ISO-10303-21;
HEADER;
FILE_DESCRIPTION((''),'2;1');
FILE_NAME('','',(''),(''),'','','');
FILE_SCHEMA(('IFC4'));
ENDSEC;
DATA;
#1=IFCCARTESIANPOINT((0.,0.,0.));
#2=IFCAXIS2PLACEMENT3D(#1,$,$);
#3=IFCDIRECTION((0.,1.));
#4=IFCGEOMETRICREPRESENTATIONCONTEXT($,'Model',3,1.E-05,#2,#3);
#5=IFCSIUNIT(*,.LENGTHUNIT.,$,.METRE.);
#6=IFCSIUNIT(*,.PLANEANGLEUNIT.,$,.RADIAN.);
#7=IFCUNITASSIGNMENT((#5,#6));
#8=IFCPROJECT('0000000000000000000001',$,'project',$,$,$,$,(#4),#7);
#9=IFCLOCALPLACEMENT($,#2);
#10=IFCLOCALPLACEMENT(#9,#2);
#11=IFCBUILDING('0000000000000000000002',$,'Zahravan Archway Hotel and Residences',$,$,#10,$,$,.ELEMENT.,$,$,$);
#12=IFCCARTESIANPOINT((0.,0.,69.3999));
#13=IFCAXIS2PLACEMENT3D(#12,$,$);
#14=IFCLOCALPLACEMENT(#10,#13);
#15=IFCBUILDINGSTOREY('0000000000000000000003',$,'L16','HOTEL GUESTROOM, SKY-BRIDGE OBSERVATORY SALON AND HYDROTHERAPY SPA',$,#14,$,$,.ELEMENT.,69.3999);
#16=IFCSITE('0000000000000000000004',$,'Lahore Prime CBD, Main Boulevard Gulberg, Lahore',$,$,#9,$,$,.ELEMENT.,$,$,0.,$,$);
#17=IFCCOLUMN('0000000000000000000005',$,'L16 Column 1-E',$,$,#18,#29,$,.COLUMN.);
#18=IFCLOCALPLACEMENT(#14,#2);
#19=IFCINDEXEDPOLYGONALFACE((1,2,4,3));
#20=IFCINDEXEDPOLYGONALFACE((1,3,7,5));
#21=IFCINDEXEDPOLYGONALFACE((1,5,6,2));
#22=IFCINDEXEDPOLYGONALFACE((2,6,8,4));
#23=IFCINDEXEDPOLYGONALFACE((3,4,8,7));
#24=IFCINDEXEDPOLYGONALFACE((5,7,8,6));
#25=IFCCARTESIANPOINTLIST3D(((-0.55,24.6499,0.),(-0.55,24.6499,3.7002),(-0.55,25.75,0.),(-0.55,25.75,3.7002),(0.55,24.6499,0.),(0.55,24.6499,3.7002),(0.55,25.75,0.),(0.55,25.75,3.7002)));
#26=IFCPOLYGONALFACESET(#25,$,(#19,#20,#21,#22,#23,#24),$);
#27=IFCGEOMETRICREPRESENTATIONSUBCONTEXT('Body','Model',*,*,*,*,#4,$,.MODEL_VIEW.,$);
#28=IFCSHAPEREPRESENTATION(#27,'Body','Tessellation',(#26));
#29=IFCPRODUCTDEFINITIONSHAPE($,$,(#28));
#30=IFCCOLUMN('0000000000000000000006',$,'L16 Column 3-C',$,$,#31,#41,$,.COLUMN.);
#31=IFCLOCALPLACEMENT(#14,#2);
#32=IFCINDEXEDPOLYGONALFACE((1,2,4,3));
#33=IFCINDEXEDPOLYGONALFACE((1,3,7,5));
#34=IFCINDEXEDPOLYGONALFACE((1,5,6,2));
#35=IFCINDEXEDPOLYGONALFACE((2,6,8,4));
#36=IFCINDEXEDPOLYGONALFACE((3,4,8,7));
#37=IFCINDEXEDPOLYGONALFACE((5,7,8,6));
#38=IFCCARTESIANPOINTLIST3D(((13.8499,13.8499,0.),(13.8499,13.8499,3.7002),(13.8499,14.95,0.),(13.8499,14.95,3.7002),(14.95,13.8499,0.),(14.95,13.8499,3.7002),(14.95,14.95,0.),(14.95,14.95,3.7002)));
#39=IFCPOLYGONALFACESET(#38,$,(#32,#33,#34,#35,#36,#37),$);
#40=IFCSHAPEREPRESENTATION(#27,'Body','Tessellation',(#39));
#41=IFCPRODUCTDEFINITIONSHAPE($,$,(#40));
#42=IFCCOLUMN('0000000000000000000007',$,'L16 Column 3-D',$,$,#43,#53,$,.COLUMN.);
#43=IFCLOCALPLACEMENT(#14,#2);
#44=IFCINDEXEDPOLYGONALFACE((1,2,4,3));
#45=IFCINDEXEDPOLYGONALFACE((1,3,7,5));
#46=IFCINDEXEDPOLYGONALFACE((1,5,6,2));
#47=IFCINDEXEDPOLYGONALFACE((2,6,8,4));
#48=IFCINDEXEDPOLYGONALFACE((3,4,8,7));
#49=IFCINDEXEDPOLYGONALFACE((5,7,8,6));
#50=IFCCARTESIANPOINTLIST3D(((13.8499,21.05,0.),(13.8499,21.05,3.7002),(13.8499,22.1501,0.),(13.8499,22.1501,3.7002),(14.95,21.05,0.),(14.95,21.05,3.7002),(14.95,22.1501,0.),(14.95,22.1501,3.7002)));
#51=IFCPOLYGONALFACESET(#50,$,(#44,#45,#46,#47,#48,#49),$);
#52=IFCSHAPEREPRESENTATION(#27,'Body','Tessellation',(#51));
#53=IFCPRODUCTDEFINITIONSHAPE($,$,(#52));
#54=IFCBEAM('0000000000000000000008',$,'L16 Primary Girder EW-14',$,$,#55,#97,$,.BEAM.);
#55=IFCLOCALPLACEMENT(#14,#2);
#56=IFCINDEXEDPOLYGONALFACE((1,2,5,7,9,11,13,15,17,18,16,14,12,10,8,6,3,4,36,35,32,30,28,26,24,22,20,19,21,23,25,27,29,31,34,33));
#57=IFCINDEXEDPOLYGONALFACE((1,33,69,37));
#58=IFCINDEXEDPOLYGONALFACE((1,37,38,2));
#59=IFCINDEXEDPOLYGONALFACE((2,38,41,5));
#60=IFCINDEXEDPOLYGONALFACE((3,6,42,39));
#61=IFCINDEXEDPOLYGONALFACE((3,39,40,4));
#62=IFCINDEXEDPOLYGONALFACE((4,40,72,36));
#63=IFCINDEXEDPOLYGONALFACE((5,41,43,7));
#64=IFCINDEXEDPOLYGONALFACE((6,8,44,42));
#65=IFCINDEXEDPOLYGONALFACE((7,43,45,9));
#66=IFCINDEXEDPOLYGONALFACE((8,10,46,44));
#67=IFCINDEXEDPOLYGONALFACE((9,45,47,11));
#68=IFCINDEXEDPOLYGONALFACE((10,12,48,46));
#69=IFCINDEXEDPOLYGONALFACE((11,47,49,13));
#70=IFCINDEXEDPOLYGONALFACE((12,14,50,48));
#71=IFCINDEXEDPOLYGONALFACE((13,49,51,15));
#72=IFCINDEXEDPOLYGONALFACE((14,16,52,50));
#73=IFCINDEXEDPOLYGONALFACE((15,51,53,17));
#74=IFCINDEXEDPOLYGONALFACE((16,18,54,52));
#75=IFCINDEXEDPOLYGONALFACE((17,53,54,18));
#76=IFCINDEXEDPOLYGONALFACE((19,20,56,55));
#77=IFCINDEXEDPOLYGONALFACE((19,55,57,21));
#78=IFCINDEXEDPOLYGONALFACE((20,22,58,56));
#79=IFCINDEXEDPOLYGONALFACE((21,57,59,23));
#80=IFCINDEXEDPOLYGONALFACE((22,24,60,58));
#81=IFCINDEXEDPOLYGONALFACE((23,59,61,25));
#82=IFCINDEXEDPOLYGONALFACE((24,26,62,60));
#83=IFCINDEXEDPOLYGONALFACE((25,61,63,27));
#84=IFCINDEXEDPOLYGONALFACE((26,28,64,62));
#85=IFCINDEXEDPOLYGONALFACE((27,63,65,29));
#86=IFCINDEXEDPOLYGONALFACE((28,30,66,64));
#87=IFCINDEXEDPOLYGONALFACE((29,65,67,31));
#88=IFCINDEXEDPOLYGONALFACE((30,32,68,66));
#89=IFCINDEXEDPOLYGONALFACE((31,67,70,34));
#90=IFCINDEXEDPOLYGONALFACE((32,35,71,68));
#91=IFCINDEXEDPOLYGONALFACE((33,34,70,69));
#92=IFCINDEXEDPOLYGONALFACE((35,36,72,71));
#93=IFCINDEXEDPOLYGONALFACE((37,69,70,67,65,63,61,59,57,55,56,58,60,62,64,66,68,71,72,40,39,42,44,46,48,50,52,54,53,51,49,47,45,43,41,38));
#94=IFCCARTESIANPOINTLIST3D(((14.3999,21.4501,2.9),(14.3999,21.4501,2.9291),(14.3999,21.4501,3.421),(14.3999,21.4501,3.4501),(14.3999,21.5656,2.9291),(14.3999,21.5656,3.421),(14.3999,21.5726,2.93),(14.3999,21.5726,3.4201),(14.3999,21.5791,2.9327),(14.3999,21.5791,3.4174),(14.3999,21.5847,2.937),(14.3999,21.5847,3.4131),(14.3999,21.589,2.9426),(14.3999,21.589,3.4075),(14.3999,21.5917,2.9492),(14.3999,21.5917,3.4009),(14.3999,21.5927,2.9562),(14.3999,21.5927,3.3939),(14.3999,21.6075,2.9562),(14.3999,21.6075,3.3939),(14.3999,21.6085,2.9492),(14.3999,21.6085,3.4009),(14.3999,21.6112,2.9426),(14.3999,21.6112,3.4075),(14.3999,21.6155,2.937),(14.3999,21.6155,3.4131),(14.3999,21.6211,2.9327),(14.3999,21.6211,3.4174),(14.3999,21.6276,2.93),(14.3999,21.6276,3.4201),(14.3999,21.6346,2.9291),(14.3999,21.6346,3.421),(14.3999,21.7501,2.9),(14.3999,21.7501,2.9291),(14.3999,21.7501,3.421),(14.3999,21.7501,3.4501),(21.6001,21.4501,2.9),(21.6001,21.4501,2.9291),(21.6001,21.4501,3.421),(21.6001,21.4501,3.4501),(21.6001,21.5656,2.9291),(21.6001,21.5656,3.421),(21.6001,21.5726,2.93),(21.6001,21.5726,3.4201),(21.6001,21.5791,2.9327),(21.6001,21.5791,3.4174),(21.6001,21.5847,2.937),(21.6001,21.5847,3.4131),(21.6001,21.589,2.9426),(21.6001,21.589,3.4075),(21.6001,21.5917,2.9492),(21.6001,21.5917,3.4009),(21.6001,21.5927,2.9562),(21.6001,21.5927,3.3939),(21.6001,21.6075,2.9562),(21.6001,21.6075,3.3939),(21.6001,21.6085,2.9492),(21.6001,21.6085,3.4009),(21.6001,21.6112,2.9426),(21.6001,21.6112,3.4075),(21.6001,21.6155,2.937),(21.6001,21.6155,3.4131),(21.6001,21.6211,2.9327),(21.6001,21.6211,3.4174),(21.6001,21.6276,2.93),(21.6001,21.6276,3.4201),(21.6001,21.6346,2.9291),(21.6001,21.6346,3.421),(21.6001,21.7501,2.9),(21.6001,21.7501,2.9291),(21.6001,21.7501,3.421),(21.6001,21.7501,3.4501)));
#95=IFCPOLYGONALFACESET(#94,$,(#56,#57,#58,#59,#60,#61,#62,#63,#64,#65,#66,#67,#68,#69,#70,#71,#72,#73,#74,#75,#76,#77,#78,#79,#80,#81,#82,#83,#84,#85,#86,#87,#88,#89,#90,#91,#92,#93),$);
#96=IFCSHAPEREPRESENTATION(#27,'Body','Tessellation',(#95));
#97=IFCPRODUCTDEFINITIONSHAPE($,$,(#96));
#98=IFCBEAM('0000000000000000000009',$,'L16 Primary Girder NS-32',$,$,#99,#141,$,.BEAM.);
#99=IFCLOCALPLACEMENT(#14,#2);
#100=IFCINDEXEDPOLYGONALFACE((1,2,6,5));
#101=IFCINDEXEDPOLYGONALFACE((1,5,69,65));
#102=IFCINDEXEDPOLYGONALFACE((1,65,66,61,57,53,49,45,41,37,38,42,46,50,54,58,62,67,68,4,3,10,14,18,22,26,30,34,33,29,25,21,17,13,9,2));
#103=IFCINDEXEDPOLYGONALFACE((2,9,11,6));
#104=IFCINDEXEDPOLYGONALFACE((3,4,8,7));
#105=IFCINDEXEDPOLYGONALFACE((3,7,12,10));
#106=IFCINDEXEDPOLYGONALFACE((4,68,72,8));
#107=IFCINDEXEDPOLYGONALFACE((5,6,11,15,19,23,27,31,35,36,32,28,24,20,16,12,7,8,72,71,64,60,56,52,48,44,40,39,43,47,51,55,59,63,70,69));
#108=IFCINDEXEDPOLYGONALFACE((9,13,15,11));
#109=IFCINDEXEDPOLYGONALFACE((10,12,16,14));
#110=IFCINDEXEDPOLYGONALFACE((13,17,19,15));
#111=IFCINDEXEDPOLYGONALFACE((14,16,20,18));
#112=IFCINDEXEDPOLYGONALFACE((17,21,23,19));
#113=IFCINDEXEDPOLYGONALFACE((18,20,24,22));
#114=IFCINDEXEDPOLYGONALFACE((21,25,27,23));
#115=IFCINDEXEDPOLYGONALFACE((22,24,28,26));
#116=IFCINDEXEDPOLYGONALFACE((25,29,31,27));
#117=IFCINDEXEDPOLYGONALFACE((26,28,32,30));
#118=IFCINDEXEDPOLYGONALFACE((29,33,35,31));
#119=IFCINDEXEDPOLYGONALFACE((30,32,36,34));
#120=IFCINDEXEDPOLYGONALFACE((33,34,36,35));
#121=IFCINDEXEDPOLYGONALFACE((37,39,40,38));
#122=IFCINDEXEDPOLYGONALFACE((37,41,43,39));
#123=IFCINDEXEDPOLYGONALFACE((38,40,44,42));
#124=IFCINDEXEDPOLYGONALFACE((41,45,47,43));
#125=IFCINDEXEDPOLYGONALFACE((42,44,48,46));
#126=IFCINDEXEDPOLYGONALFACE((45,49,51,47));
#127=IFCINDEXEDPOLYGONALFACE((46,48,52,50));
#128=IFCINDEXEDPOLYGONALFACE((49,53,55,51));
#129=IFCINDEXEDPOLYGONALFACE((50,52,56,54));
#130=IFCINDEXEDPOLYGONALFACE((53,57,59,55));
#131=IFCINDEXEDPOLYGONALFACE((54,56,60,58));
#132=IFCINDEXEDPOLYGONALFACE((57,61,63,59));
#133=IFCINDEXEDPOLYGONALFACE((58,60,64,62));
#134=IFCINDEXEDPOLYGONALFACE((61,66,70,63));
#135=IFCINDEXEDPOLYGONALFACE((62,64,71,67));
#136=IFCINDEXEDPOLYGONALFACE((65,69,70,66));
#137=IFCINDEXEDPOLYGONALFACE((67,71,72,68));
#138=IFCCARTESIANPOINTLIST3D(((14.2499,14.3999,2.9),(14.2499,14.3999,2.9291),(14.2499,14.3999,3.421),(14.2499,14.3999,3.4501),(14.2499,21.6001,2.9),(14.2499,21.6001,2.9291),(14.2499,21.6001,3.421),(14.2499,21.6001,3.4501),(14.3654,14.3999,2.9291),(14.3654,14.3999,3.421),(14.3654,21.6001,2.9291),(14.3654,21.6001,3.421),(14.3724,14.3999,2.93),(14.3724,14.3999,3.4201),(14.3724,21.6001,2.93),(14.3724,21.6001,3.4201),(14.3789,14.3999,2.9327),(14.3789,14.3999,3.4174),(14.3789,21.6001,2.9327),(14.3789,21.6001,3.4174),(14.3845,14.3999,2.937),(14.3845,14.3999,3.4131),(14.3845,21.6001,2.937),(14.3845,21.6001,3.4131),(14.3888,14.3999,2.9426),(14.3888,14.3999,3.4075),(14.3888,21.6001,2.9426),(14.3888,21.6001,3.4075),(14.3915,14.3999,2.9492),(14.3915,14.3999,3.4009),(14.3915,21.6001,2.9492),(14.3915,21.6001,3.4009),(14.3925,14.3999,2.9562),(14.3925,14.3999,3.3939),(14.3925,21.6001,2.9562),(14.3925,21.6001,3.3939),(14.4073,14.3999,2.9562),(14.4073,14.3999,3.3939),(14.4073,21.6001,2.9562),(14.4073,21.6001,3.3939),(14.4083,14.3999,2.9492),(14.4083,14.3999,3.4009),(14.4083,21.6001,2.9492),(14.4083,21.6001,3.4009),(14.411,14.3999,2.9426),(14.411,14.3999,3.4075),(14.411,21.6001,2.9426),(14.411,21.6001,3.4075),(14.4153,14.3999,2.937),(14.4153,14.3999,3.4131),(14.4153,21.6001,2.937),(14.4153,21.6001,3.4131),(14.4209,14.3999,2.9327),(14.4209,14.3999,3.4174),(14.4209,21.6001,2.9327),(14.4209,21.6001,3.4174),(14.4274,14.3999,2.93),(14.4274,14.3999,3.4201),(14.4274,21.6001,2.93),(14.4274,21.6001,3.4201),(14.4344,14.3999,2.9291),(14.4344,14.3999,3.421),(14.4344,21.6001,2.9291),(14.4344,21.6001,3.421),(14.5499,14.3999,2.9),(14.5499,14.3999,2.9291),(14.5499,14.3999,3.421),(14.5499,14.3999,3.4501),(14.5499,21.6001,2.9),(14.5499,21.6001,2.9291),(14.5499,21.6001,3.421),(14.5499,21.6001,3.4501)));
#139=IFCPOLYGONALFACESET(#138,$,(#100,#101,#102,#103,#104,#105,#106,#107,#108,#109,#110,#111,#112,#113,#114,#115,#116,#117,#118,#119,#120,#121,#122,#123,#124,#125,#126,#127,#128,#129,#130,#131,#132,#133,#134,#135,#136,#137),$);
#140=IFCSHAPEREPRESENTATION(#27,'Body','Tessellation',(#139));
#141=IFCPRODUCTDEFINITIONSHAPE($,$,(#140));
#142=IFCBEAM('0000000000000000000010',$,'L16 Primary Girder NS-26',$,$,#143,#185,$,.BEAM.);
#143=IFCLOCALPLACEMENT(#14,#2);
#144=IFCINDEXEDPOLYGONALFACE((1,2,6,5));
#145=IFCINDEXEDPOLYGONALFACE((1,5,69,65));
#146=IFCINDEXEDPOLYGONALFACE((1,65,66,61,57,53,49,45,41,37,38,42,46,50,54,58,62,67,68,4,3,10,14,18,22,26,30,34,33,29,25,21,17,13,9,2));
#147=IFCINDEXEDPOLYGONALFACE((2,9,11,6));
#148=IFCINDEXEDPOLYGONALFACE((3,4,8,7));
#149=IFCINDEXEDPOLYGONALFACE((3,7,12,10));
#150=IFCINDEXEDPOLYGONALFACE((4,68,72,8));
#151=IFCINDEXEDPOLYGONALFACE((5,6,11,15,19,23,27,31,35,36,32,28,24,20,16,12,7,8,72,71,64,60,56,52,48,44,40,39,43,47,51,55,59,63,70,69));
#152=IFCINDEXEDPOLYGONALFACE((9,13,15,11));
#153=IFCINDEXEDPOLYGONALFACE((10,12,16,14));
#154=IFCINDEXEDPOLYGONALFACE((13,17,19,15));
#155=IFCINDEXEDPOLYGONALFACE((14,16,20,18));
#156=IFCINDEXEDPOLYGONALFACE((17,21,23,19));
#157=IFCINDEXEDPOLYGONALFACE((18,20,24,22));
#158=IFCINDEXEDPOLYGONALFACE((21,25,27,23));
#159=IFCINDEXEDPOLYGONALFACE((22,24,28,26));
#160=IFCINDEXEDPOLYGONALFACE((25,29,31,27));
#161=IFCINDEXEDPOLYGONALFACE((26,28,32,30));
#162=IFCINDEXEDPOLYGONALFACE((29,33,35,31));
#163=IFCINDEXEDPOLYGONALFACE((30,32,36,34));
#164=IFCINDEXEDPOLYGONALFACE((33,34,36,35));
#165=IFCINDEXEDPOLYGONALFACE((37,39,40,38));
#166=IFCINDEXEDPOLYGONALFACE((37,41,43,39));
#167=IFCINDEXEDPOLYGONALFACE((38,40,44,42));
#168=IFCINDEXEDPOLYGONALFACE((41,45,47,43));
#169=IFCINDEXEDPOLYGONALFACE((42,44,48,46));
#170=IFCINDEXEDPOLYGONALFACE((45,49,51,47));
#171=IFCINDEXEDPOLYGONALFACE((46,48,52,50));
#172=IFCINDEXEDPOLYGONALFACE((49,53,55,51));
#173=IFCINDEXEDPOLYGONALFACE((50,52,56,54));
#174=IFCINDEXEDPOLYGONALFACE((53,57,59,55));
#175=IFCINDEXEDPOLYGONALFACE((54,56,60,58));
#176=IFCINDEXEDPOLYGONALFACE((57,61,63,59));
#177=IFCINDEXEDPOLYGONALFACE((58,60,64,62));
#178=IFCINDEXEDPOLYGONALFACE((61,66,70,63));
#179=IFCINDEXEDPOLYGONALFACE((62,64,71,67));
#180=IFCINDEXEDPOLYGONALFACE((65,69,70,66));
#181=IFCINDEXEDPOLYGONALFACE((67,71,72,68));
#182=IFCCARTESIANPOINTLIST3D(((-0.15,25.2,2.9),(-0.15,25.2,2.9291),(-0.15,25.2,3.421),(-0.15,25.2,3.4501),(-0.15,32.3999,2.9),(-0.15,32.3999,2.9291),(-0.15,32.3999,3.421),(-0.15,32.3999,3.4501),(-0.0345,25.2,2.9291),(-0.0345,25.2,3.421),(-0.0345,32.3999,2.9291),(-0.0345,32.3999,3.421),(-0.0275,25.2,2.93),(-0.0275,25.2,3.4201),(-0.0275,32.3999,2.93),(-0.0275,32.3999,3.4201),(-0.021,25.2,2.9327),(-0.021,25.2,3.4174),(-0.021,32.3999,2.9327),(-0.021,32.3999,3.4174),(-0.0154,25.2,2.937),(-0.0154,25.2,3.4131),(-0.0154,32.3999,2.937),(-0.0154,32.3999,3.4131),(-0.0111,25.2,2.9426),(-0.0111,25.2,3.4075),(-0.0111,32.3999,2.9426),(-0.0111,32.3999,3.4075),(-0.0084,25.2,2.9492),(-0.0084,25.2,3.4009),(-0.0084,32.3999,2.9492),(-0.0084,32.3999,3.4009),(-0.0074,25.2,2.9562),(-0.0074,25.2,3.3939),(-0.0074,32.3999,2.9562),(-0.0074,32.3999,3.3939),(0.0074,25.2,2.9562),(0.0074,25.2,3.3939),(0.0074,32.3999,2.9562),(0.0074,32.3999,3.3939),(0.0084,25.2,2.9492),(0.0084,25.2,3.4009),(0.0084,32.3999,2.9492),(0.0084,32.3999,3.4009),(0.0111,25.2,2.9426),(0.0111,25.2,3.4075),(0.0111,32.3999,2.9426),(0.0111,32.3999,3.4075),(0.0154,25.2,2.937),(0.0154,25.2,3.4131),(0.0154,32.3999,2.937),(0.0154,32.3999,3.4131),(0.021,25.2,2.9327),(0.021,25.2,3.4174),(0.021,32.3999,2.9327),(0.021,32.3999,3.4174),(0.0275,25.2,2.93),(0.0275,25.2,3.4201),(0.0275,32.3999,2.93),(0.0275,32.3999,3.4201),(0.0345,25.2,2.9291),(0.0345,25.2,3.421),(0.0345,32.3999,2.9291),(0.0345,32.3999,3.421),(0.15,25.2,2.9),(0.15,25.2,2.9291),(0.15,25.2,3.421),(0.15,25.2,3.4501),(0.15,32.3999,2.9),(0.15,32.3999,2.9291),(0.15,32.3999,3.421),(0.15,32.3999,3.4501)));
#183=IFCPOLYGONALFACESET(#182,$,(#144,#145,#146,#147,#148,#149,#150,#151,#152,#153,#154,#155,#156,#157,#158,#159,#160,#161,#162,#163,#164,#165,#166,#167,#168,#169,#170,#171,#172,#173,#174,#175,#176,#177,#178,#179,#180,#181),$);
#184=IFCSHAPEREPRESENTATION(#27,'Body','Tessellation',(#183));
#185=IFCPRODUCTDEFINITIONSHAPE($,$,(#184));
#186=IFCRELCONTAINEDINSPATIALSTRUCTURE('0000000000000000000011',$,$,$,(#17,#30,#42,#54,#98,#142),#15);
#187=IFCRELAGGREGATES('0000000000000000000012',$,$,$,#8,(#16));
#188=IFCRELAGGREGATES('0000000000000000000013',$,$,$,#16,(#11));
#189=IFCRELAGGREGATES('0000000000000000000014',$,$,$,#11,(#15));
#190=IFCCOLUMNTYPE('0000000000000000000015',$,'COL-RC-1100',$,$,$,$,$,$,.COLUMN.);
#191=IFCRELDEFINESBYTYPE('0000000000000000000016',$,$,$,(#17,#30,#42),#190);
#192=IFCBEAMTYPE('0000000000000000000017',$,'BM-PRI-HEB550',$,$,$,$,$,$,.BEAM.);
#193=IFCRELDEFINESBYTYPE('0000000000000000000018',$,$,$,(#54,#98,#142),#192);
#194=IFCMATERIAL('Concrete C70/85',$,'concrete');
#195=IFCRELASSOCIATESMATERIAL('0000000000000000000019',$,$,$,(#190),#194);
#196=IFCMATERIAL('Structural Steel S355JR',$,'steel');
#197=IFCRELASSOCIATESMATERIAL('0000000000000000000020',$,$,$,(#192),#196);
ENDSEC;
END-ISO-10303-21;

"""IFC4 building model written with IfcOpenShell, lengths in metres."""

from ifc_helpers import new_model, si_unit, direction, frame, origin, origin_2d, place, context, subcontext, project, spatial, rectangle, i_section, extrude, source, transform, mapped, material, material_profile, profile_set, type_object, type_shapes, element, save


model = new_model("IFC4")

# Units and contexts
model_context = context("Model", 3, precision=1e-05, world=origin(), true_north=direction((0.0, 1.0)))
body_context = subcontext(model_context, "Body", "Model", "MODEL_VIEW")
ifc_project = project(units=[si_unit("LENGTHUNIT", "METRE"), si_unit("PLANEANGLEUNIT", "RADIAN")], contexts=[model_context])

# Site, building, storey
site_placement = place(None, origin())
site = spatial("IfcSite", under=ifc_project, at=site_placement, Name="Lahore Prime CBD, Main Boulevard Gulberg, Lahore", CompositionType="ELEMENT", RefElevation=0.0)
building_placement = place(site_placement, origin())
building = spatial("IfcBuilding", under=site, at=building_placement, Name="Zahravan Archway Hotel and Residences", CompositionType="ELEMENT")
storey_placement = place(building_placement, frame((0.0, 0.0, 69.3999)))
storey = spatial("IfcBuildingStorey", under=building, at=storey_placement, Name="L16", Description="HOTEL GUESTROOM, SKY-BRIDGE OBSERVATORY SALON AND HYDROTHERAPY SPA", CompositionType="ELEMENT", Elevation=69.3999)

# Columns
ifc_material_1 = material(Name="Concrete C70/85", Category="concrete")
ifc_material_profile_1 = material_profile(ifc_material_1, rectangle(XDim=1.1001, YDim=1.1001, at=origin_2d()), Name="RC 1100x1100", Category="concrete")
ifc_profile_set_1 = profile_set([ifc_material_profile_1], Name="Concrete C70/85")
column_type = type_object("IfcColumnType", Name="COL-RC-1100", PredefinedType="COLUMN", material=ifc_profile_set_1)
shared_shape_1 = source(origin(), body_context, "Body", "SweptSolid", [
    extrude(rectangle(XDim=1.1001, YDim=1.1001, at=origin_2d()), origin(), (0.0, 0.0, 1.0), 3.7002),
])
for number, where, z_axis, x_axis, name in (
    (1, (0.0, 25.2, 0.0), (0.0, 0.0, 1.0), (1.0, 0.0, 0.0), "L16 Column 1-E"),
    (2, (14.3999, 14.3999, 0.0), (0.0, 0.0, 1.0), (1.0, 0.0, 0.0), "L16 Column 3-C"),
    (3, (14.3999, 21.6001, 0.0), (0.0, 0.0, 1.0), (1.0, 0.0, 0.0), "L16 Column 3-D"),
):
    element("IfcColumn", number, at=place(storey_placement, frame(where, z_axis=z_axis, x_axis=x_axis)), inside=storey, type_object=column_type, Name=name, PredefinedType="COLUMN", context=body_context, shape_type="MappedRepresentation", body=[
        mapped(shared_shape_1, transform((0.0, 0.0, 0.0), scale=1.0)),
    ])

# Beams
ifc_material_2 = material(Name="Structural Steel S355JR", Category="steel")
ifc_material_profile_2 = material_profile(ifc_material_2, i_section(OverallWidth=0.3, OverallDepth=0.55, WebThickness=0.0149, FlangeThickness=0.0291, FilletRadius=0.0271, at=origin_2d()), Name="HEB 550", Category="steel")
ifc_profile_set_2 = profile_set([ifc_material_profile_2], Name="Structural Steel S355JR")
beam_type = type_object("IfcBeamType", Name="BM-PRI-HEB550", PredefinedType="BEAM", material=ifc_profile_set_2)
shared_shape_2 = source(origin(), body_context, "Body", "SweptSolid", [
    extrude(i_section(OverallWidth=0.3, OverallDepth=0.55, WebThickness=0.0149, FlangeThickness=0.0291, FilletRadius=0.0271, at=origin_2d()), origin(), (0.0, 0.0, 1.0), 7.2002),
])
type_shapes(beam_type, [shared_shape_2])
for number, where, z_axis, x_axis, name in (
    (4, (14.3999, 21.6001, 3.175), (1.0, 0.0, 0.0), (0.0, 1.0, 0.0), "L16 Primary Girder EW-14"),
    (5, (14.3999, 14.3999, 3.175), (0.0, 1.0, 0.0), (-1.0, 0.0, 0.0), "L16 Primary Girder NS-32"),
):
    element("IfcBeam", number, at=place(storey_placement, frame(where, z_axis=z_axis, x_axis=x_axis)), inside=storey, type_object=beam_type, Name=name, PredefinedType="BEAM", context=body_context, shape_type="MappedRepresentation", body=[
        mapped(shared_shape_2, transform((0.0, 0.0, 0.0), scale=1.0)),
    ])
shared_shape_3 = source(origin(), body_context, "Body", "SweptSolid", [
    extrude(i_section(OverallWidth=0.3, OverallDepth=0.55, WebThickness=0.0149, FlangeThickness=0.0291, FilletRadius=0.0271, at=origin_2d()), origin(), (0.0, 0.0, 1.0), 7.2),
])
beam_1_placement = place(storey_placement, frame((0.0, 25.2, 3.175), z_axis=(0.0, 1.0, 0.0), x_axis=(-1.0, 0.0, 0.0)))
element("IfcBeam", 6, at=beam_1_placement, inside=storey, type_object=beam_type, Name="L16 Primary Girder NS-26", PredefinedType="BEAM", context=body_context, shape_type="MappedRepresentation", body=[
    mapped(shared_shape_3, transform((0.0, 0.0, 0.0), scale=1.0)),
])

save(model, "model.ifc")
